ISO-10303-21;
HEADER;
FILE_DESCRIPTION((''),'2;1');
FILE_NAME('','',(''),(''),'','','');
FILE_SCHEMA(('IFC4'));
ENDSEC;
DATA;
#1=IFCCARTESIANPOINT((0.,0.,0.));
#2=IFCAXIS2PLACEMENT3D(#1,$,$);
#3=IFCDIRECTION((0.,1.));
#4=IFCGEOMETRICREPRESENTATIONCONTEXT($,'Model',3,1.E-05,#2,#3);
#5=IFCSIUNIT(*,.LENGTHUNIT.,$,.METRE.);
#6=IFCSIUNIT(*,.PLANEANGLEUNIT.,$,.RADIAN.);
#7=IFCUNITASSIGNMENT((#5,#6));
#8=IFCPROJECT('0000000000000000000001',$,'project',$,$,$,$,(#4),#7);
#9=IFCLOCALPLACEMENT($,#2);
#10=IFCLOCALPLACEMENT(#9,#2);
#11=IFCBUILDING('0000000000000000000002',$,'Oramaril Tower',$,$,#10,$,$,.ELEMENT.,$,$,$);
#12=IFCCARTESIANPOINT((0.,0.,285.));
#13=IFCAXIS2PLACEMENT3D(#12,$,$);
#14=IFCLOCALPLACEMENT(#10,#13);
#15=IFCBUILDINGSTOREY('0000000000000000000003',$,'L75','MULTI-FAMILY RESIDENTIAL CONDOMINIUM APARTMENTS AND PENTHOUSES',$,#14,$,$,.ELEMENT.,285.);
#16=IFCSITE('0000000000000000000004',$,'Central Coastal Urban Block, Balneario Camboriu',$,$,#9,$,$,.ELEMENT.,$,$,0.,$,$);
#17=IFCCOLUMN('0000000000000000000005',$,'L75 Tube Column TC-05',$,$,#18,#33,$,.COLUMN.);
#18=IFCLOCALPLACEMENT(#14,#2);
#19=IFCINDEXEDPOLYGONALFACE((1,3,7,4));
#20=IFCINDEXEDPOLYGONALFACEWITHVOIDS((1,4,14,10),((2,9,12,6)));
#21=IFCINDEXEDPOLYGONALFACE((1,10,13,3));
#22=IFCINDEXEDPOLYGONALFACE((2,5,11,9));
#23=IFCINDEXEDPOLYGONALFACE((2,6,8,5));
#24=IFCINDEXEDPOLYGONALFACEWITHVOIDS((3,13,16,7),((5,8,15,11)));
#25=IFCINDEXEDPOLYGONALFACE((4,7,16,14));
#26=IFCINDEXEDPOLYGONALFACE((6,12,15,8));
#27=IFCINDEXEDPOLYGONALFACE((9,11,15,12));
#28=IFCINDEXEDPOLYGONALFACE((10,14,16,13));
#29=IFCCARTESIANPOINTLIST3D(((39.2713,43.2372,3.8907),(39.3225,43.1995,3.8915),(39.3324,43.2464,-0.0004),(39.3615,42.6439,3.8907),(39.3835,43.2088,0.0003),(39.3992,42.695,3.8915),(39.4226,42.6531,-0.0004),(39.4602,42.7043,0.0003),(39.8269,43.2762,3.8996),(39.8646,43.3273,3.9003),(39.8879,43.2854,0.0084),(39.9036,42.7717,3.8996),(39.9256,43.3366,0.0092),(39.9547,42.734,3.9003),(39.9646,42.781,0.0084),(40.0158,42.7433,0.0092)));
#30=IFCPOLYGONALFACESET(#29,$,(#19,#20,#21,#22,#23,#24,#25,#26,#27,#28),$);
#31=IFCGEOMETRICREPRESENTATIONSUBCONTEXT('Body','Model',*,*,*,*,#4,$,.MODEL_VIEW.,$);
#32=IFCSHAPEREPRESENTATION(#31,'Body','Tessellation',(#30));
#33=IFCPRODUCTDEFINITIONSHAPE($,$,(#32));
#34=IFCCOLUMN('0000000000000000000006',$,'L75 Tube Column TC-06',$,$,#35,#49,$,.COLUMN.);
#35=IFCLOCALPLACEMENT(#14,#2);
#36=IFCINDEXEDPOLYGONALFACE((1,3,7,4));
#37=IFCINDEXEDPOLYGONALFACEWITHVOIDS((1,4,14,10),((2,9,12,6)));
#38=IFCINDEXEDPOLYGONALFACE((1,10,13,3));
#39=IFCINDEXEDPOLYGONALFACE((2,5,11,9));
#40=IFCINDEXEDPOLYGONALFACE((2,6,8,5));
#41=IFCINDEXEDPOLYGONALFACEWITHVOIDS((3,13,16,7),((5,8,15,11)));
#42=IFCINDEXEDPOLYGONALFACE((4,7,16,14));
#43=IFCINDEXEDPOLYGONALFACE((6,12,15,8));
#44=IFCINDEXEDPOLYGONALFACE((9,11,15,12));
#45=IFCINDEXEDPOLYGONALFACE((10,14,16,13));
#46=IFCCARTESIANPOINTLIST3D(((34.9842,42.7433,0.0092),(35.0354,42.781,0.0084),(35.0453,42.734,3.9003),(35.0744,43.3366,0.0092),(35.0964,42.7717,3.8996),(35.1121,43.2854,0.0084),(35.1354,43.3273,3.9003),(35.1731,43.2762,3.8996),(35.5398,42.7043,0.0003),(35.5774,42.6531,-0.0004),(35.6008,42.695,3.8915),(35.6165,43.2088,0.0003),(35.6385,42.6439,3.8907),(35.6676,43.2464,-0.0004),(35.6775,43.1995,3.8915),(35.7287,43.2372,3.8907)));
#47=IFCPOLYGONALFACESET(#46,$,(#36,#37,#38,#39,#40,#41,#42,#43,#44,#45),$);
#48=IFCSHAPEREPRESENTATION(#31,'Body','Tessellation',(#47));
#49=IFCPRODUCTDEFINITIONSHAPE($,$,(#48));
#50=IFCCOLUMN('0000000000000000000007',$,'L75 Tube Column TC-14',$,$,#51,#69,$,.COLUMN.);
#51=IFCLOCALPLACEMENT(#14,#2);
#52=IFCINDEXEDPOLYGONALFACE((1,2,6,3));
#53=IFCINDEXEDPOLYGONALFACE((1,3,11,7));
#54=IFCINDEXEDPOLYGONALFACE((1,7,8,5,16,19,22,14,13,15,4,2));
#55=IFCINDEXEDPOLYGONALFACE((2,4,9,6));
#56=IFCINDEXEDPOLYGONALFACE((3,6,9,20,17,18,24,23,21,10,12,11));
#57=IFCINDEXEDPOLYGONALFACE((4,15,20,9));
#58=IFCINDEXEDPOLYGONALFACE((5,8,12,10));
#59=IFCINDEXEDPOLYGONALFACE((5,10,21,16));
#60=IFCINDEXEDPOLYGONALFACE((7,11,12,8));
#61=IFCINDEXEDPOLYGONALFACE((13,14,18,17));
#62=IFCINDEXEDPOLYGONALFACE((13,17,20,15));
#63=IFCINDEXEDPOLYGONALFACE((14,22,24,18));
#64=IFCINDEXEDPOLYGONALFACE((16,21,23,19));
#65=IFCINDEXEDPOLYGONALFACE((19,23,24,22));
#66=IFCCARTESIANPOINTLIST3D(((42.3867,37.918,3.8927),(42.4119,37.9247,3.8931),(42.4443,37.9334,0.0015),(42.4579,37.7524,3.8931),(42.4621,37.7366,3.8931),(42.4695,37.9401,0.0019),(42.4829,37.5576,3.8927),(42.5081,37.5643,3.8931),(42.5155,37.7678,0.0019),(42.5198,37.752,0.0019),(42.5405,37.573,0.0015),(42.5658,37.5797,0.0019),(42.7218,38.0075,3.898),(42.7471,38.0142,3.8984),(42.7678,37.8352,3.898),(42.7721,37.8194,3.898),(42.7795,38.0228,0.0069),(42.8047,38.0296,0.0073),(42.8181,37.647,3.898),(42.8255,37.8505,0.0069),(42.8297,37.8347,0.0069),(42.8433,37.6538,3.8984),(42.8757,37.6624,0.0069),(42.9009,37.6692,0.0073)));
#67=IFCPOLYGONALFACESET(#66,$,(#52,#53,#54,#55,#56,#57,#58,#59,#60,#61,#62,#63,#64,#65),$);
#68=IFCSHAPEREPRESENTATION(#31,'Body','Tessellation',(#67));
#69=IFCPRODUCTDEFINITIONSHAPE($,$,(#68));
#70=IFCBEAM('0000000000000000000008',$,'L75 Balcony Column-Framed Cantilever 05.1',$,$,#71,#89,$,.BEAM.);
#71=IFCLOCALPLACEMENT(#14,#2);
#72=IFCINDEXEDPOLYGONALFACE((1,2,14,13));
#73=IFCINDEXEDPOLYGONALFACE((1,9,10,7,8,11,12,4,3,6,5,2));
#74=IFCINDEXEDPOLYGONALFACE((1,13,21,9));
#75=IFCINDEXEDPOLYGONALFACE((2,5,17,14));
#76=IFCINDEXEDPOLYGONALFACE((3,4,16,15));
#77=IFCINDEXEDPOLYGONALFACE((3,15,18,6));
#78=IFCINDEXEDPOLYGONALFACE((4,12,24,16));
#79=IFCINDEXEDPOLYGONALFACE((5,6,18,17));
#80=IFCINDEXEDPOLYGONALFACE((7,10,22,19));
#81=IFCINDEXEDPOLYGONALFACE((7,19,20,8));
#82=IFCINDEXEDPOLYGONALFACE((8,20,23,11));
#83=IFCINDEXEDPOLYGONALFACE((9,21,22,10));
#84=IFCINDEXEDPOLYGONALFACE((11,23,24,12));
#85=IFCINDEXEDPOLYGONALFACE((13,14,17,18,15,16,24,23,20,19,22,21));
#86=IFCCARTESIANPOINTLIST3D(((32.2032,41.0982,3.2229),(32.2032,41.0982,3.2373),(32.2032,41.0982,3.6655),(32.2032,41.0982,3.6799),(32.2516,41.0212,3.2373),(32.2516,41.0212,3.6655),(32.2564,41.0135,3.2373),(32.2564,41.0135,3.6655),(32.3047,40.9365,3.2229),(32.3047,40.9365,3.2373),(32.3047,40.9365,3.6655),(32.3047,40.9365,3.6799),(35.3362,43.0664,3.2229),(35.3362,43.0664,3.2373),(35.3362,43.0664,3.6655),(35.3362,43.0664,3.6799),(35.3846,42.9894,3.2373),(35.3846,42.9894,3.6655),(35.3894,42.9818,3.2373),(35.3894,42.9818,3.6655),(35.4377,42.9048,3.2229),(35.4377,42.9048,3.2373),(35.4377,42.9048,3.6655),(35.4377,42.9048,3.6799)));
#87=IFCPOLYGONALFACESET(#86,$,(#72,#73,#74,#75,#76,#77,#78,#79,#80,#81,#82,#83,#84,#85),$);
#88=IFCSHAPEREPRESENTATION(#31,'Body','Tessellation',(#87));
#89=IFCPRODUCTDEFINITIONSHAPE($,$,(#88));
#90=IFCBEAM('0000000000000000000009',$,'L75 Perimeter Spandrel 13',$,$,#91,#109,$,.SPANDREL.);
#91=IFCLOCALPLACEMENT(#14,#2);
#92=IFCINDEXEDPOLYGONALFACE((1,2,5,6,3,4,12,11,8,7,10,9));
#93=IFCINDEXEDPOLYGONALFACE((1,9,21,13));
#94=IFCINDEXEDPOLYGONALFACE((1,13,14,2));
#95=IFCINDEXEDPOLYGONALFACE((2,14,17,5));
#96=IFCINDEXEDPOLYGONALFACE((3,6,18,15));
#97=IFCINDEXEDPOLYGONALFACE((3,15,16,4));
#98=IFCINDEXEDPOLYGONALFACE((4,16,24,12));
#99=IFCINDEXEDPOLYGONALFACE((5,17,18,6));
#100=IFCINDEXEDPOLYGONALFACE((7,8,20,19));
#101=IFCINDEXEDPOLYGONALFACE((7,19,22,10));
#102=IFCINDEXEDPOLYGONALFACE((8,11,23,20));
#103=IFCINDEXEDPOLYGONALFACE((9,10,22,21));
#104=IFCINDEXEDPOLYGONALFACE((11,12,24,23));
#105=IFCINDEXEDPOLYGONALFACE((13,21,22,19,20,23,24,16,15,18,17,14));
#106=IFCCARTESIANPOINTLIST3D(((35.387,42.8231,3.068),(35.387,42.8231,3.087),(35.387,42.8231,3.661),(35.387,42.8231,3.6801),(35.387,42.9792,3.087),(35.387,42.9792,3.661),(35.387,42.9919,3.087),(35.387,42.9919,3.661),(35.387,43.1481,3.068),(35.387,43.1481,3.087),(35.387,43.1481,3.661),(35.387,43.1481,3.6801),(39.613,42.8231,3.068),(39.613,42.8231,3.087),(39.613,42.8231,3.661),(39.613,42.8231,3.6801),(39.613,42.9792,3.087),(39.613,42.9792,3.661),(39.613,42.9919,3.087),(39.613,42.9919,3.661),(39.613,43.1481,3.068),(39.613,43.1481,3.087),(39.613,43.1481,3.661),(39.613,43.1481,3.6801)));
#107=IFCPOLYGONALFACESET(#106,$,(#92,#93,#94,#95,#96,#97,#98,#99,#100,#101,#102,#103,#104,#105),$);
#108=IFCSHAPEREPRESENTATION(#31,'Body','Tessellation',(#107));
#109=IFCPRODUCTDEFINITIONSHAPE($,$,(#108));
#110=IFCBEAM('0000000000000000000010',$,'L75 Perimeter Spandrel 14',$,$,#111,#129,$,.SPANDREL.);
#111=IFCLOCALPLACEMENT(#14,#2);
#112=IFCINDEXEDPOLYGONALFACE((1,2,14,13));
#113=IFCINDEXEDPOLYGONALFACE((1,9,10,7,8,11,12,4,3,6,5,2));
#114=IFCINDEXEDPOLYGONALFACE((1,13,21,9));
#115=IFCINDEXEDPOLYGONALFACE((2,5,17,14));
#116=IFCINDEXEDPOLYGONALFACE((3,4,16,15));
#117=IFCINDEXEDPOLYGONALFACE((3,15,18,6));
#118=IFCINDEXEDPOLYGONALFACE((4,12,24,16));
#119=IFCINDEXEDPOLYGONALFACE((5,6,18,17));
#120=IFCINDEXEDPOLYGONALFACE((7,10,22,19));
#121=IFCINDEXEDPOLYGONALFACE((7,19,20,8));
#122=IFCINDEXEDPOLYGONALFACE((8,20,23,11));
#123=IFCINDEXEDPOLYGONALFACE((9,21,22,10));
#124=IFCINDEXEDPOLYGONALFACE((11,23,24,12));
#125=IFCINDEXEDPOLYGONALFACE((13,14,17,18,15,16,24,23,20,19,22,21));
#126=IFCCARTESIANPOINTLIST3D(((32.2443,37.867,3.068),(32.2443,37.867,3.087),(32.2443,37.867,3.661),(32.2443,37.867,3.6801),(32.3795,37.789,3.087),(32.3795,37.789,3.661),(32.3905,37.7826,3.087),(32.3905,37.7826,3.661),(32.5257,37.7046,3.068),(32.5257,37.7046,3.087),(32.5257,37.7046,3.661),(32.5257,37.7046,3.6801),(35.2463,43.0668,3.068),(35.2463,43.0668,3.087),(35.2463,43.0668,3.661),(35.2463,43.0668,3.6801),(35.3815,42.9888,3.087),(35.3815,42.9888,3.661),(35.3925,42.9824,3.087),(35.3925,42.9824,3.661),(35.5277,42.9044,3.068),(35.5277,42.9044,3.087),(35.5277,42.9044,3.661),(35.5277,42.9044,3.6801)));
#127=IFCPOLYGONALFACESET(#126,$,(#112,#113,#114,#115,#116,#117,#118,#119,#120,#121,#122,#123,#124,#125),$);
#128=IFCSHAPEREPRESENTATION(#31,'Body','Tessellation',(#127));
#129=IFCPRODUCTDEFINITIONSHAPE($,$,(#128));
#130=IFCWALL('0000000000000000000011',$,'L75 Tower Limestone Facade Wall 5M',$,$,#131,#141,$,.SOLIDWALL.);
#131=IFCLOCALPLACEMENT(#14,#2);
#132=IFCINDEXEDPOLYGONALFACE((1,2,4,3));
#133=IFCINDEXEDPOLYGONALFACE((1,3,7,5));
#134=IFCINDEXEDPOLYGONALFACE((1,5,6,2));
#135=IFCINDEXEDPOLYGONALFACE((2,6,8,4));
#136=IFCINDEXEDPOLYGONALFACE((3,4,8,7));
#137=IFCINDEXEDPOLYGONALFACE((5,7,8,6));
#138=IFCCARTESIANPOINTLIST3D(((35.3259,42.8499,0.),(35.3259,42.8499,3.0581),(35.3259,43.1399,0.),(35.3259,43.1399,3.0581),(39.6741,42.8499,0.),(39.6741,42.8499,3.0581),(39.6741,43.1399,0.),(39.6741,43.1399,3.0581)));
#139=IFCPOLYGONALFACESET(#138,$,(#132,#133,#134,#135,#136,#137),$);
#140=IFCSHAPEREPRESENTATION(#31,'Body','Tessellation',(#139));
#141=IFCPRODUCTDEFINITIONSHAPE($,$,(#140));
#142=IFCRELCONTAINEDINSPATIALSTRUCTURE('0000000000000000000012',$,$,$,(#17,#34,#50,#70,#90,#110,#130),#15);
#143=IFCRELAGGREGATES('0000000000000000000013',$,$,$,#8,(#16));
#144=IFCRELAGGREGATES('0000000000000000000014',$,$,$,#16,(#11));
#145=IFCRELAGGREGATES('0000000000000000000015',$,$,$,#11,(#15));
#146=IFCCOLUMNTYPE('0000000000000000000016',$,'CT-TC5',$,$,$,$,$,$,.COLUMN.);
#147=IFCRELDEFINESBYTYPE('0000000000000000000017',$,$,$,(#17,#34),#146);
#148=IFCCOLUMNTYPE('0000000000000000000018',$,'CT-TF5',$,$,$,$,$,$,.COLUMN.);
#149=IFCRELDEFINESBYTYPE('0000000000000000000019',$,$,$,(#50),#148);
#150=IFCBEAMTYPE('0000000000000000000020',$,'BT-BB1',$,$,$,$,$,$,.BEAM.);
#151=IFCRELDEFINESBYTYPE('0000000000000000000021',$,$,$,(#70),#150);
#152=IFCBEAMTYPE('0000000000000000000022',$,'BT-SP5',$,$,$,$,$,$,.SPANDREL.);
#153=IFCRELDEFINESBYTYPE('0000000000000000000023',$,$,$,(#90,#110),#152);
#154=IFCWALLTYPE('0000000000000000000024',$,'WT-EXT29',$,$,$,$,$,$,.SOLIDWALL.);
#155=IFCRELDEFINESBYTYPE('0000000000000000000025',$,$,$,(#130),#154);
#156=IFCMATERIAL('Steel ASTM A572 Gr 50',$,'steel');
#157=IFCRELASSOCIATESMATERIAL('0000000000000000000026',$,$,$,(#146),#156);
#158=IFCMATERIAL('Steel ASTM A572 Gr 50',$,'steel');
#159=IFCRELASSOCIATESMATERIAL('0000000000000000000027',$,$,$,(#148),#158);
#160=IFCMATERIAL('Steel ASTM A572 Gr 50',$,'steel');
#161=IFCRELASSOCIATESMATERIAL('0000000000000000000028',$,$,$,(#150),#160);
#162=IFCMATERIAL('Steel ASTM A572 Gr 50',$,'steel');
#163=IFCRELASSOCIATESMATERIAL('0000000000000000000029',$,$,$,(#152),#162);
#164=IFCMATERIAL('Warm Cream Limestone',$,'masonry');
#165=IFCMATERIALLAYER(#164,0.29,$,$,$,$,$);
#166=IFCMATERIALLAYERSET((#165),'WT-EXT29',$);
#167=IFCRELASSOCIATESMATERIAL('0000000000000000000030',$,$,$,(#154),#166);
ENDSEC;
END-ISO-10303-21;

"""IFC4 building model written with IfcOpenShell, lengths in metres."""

from ifc_helpers import new_model, si_unit, direction, frame, frame_2d, origin, origin_2d, place, context, subcontext, project, spatial, rectangle, hollow_rectangle, i_section, extrude, material, layer, layer_set, material_profile, profile_set, type_object, element, save


model = new_model("IFC4")

# Units and contexts
model_context = context("Model", 3, precision=1e-05, world=origin(), true_north=direction((0.0, 1.0)))
body_context = subcontext(model_context, "Body", "Model", "MODEL_VIEW")
ifc_project = project(units=[si_unit("LENGTHUNIT", "METRE"), si_unit("PLANEANGLEUNIT", "RADIAN")], contexts=[model_context])

# Site, building, storey
site_placement = place(None, origin())
site = spatial("IfcSite", under=ifc_project, at=site_placement, Name="Central Coastal Urban Block, Balneario Camboriu", CompositionType="ELEMENT", RefElevation=0.0)
building_placement = place(site_placement, origin())
building = spatial("IfcBuilding", under=site, at=building_placement, Name="Oramaril Tower", CompositionType="ELEMENT")
storey_placement = place(building_placement, frame((0.0, 0.0, 285.0)))
storey = spatial("IfcBuildingStorey", under=building, at=storey_placement, Name="L75", Description="MULTI-FAMILY RESIDENTIAL CONDOMINIUM APARTMENTS AND PENTHOUSES", CompositionType="ELEMENT", Elevation=285.0)

# Columns
ifc_material_1 = material(Name="Steel ASTM A572 Gr 50", Category="steel")
ifc_material_profile_1 = material_profile(ifc_material_1, hollow_rectangle(XDim=0.6001, YDim=0.6001, WallThickness=0.0449, at=origin_2d()), Name="BOX600X600X45")
ifc_profile_set_1 = profile_set([ifc_material_profile_1], Name="Steel ASTM A572 Gr 50")
column_type_1 = type_object("IfcColumnType", Name="CT-TC5", PredefinedType="COLUMN", material=ifc_profile_set_1)
for number, where, z_axis, x_axis, name in (
    (1, (39.6741, 42.9949, 0.0044), (-0.015684, -0.002384, 0.999874), (0.150274, -0.988644, 0.0), "L75 Tube Column TC-05"),
    (2, (35.3259, 42.9949, 0.0044), (0.015684, -0.002384, 0.999874), (0.150274, 0.988644, 0.0), "L75 Tube Column TC-06"),
):
    element("IfcColumn", number, at=place(storey_placement, frame(where, z_axis=z_axis, x_axis=x_axis)), inside=storey, type_object=column_type_1, Name=name, PredefinedType="COLUMN", context=body_context, shape_type="SweptSolid", body=[
        extrude(hollow_rectangle(XDim=0.6001, YDim=0.6001, WallThickness=0.0449, at=origin_2d()), origin(), (0.0, 0.0, 1.0), 3.8916),
    ])
ifc_material_2 = material(Name="Steel ASTM A572 Gr 50", Category="steel")
ifc_material_profile_2 = material_profile(ifc_material_2, i_section(OverallWidth=0.373, OverallDepth=0.373, WebThickness=0.0164, FlangeThickness=0.0261, at=origin_2d()), Name="W14X132")
ifc_profile_set_2 = profile_set([ifc_material_profile_2], Name="Steel ASTM A572 Gr 50")
column_type_2 = type_object("IfcColumnType", Name="CT-TF5", PredefinedType="COLUMN", material=ifc_profile_set_2)
column_placement = place(storey_placement, frame((42.6726, 37.8013, 0.0044), z_axis=(-0.014806, -0.003952, 0.999883), x_axis=(0.257917, -0.966167, 0.0)))
element("IfcColumn", 3, at=column_placement, inside=storey, type_object=column_type_2, Name="L75 Tube Column TC-14", PredefinedType="COLUMN", context=body_context, shape_type="SweptSolid", body=[
    extrude(i_section(OverallWidth=0.373, OverallDepth=0.373, WebThickness=0.0164, FlangeThickness=0.0261, at=origin_2d()), origin(), (0.0, 0.0, 1.0), 3.8916),
])

# Beams
ifc_material_3 = material(Name="Steel ASTM A572 Gr 50", Category="steel")
ifc_material_profile_3 = material_profile(ifc_material_3, i_section(OverallWidth=0.1909, OverallDepth=0.457, WebThickness=0.009, FlangeThickness=0.0144, at=origin_2d()), Name="W18X50")
ifc_profile_set_3 = profile_set([ifc_material_profile_3], Name="Steel ASTM A572 Gr 50")
beam_type_1 = type_object("IfcBeamType", Name="BT-BB1", PredefinedType="BEAM", material=ifc_profile_set_3)
beam_1_placement = place(storey_placement, frame((35.387, 42.9856, 3.4514), z_axis=(-0.846769, -0.531961, 0.0), x_axis=(0.531961, -0.846769, 0.0)))
element("IfcBeam", 4, at=beam_1_placement, inside=storey, type_object=beam_type_1, Name="L75 Balcony Column-Framed Cantilever 05.1", PredefinedType="BEAM", context=body_context, shape_type="SweptSolid", body=[
    extrude(i_section(OverallWidth=0.1909, OverallDepth=0.457, WebThickness=0.009, FlangeThickness=0.0144, at=origin_2d()), origin(), (0.0, 0.0, 1.0), 3.7),
])
ifc_material_4 = material(Name="Steel ASTM A572 Gr 50", Category="steel")
ifc_material_profile_4 = material_profile(ifc_material_4, i_section(OverallWidth=0.325, OverallDepth=0.6121, WebThickness=0.0127, FlangeThickness=0.019, at=origin_2d()), Name="W24X104")
ifc_profile_set_4 = profile_set([ifc_material_profile_4], Name="Steel ASTM A572 Gr 50")
beam_type_2 = type_object("IfcBeamType", Name="BT-SP5", PredefinedType="SPANDREL", material=ifc_profile_set_4)
beam_2_placement = place(storey_placement, frame((39.613, 42.9856, 3.374), z_axis=(-1.0, 0.0, 0.0), x_axis=(0.0, -1.0, 0.0)))
element("IfcBeam", 5, at=beam_2_placement, inside=storey, type_object=beam_type_2, Name="L75 Perimeter Spandrel 13", PredefinedType="SPANDREL", context=body_context, shape_type="SweptSolid", body=[
    extrude(i_section(OverallWidth=0.325, OverallDepth=0.6121, WebThickness=0.0127, FlangeThickness=0.019, at=origin_2d()), origin(), (0.0, 0.0, 1.0), 4.2261),
])
beam_3_placement = place(storey_placement, frame((35.387, 42.9856, 3.374), z_axis=(-0.499988, -0.866033, 0.0), x_axis=(0.866033, -0.499988, 0.0)))
element("IfcBeam", 6, at=beam_3_placement, inside=storey, type_object=beam_type_2, Name="L75 Perimeter Spandrel 14", PredefinedType="SPANDREL", context=body_context, shape_type="SweptSolid", body=[
    extrude(i_section(OverallWidth=0.325, OverallDepth=0.6121, WebThickness=0.0127, FlangeThickness=0.019, at=origin_2d()), origin(), (0.0, 0.0, 1.0), 6.0042),
])

# Wall
ifc_material_5 = material(Name="Warm Cream Limestone", Category="masonry")
ifc_layer_1 = layer(ifc_material_5, 0.29)
ifc_layer_set_1 = layer_set([ifc_layer_1], Name="WT-EXT29")
wall_type_1 = type_object("IfcWallType", Name="WT-EXT29", PredefinedType="SOLIDWALL", material=ifc_layer_set_1)
wall_1_placement = place(storey_placement, frame((39.6741, 42.9949, 0.0), z_axis=(0.0, 0.0, 1.0), x_axis=(-1.0, 0.0, 0.0)))
element("IfcWall", 7, at=wall_1_placement, inside=storey, type_object=wall_type_1, Name="L75 Tower Limestone Facade Wall 5M", PredefinedType="SOLIDWALL", context=body_context, shape_type="SweptSolid", body=[
    extrude(rectangle(XDim=4.3481, YDim=0.29, at=frame_2d((2.1741, 0.0))), origin(), (0.0, 0.0, 1.0), 3.0581),
])

save(model, "model.ifc")
